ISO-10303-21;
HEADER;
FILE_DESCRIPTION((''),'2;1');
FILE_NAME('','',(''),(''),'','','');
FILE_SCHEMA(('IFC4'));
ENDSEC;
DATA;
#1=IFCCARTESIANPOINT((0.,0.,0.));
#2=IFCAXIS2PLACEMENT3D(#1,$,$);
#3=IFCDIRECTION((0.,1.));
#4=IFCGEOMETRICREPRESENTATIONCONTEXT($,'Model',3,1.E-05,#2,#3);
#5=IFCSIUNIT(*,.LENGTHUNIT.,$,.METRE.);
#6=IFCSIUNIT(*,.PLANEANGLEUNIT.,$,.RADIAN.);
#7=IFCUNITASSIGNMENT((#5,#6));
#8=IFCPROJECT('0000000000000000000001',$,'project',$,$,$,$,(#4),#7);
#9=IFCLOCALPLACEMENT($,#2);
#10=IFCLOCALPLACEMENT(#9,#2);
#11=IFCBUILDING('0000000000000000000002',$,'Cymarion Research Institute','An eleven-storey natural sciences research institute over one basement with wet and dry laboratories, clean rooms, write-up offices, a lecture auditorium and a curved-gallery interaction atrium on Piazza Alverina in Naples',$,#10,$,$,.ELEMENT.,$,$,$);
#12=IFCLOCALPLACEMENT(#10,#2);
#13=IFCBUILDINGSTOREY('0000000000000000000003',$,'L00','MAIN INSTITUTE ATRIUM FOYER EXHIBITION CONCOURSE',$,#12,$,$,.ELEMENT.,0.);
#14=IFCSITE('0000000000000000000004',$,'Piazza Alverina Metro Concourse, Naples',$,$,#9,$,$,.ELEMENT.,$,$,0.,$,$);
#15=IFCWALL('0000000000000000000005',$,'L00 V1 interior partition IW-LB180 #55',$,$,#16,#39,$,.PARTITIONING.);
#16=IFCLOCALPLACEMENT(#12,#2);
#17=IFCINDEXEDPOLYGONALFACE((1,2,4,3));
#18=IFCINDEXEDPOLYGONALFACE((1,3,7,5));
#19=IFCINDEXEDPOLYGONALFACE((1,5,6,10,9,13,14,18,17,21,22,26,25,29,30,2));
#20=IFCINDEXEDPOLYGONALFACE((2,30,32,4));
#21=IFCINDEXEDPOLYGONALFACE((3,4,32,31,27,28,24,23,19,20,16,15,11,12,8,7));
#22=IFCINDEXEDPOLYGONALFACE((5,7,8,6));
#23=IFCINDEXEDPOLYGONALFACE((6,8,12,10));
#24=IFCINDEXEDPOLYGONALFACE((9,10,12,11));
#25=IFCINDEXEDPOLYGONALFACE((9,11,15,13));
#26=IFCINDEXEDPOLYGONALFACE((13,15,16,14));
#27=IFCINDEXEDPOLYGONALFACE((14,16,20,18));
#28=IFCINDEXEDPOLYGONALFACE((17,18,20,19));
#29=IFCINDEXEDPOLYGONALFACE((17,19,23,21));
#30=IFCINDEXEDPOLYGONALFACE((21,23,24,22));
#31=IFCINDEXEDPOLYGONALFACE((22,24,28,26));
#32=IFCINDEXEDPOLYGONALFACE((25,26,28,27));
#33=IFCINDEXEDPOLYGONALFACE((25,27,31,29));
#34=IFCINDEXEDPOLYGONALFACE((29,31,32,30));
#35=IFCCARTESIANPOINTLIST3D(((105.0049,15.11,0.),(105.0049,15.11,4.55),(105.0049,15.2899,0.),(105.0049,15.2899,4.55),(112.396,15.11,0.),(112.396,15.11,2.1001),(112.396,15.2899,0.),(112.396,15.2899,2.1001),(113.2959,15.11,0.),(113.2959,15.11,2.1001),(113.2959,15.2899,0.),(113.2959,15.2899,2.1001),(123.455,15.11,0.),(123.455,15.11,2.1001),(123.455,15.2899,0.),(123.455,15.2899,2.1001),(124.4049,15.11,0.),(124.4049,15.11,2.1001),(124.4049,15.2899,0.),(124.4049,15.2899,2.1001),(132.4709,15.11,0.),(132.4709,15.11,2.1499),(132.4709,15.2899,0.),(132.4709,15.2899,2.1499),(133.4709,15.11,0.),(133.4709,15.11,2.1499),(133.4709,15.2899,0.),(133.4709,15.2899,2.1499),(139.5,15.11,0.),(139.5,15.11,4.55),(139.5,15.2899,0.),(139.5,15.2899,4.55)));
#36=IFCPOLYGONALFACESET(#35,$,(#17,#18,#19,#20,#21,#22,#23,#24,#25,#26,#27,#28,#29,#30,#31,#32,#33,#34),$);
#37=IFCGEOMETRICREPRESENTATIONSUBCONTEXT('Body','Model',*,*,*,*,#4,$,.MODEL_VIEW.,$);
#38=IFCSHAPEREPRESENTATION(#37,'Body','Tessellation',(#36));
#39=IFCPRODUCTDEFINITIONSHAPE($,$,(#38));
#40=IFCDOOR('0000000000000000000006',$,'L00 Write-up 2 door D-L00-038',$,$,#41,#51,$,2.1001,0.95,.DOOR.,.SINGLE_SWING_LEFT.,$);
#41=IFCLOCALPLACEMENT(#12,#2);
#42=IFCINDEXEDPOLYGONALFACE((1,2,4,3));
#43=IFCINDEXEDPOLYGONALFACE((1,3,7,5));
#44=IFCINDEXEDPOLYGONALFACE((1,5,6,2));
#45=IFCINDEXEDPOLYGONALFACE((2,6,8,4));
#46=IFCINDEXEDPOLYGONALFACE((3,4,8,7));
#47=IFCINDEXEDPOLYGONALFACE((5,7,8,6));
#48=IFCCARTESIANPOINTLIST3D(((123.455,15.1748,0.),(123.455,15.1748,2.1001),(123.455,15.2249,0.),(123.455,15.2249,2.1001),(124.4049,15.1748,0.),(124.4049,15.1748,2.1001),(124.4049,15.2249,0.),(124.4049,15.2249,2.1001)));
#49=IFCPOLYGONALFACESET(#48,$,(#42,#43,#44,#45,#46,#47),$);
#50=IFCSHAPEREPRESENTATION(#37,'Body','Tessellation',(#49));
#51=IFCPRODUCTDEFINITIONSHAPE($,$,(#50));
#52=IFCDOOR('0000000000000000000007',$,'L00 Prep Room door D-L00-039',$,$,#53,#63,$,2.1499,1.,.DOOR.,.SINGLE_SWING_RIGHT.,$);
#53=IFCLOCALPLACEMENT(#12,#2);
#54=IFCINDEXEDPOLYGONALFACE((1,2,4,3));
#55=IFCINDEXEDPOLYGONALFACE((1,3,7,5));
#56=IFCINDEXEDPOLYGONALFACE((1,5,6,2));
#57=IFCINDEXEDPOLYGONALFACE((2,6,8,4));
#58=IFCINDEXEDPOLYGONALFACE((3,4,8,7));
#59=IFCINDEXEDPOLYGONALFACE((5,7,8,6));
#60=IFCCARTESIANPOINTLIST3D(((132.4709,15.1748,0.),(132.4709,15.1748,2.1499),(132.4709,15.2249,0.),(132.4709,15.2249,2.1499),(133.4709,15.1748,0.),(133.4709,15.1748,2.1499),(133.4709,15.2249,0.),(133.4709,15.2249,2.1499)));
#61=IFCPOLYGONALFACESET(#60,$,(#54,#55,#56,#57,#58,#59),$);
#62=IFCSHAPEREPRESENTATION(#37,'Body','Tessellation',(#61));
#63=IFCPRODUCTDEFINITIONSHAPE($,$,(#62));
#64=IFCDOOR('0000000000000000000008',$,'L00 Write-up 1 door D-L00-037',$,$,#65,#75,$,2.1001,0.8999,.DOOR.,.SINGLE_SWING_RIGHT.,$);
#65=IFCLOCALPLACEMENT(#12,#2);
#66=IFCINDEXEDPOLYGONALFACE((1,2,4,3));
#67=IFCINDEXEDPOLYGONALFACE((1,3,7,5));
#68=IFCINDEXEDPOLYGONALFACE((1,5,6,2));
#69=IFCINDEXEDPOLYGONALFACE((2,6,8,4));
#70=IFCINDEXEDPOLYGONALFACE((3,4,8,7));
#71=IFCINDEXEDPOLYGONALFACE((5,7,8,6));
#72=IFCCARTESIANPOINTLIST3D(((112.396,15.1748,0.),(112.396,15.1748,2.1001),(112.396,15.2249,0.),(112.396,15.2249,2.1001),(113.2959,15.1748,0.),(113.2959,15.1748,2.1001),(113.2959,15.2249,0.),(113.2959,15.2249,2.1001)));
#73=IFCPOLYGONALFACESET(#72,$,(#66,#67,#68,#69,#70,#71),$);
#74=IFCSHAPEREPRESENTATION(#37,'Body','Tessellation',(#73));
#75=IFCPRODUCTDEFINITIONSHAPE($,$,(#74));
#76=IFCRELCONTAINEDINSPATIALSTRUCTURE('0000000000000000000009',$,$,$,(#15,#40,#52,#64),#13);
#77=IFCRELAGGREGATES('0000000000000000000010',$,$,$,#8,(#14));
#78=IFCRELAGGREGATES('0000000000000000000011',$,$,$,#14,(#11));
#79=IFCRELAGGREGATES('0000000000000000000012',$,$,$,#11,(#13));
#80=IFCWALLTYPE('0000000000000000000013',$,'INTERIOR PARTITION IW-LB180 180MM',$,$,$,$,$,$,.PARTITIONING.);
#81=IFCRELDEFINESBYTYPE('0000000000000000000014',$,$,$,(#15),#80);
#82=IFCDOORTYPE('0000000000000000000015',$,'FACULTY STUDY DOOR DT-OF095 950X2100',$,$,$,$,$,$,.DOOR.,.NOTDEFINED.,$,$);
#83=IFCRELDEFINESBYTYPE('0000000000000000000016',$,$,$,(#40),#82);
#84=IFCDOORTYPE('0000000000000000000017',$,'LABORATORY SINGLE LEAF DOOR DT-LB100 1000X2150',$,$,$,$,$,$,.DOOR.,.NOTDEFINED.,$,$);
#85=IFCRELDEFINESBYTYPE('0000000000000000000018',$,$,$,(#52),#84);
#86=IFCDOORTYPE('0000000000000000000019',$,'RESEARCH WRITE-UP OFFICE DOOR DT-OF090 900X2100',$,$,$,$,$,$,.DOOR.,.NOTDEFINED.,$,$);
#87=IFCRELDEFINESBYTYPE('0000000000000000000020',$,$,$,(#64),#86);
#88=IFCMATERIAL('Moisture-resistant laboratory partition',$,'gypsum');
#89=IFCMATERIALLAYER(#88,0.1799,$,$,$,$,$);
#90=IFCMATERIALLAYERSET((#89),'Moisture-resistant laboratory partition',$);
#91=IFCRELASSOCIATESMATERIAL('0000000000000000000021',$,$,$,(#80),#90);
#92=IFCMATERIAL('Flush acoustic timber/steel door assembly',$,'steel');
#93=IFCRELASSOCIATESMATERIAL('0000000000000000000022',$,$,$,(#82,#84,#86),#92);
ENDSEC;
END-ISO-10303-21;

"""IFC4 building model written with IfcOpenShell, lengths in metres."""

from ifc_helpers import new_model, si_unit, direction, frame, frame_2d, origin, place, context, subcontext, project, spatial, rectangle, extrude, material, layer, layer_set, type_object, element, fill, save


model = new_model("IFC4")

# Units and contexts
model_context = context("Model", 3, precision=1e-05, world=origin(), true_north=direction((0.0, 1.0)))
body_context = subcontext(model_context, "Body", "Model", "MODEL_VIEW")
ifc_project = project(units=[si_unit("LENGTHUNIT", "METRE"), si_unit("PLANEANGLEUNIT", "RADIAN")], contexts=[model_context])

# Site, building, storey
site_placement = place(None, origin())
site = spatial("IfcSite", under=ifc_project, at=site_placement, Name="Piazza Alverina Metro Concourse, Naples", CompositionType="ELEMENT", RefElevation=0.0)
building_placement = place(site_placement, origin())
building = spatial("IfcBuilding", under=site, at=building_placement, Name="Cymarion Research Institute", Description="An eleven-storey natural sciences research institute over one basement with wet and dry laboratories, clean rooms, write-up offices, a lecture auditorium and a curved-gallery interaction atrium on Piazza Alverina in Naples", CompositionType="ELEMENT")
storey_placement = place(building_placement, origin())
storey = spatial("IfcBuildingStorey", under=building, at=storey_placement, Name="L00", Description="MAIN INSTITUTE ATRIUM FOYER EXHIBITION CONCOURSE", CompositionType="ELEMENT", Elevation=0.0)

# Wall, openings, doors
ifc_material_1 = material(Name="Moisture-resistant laboratory partition", Category="gypsum")
ifc_layer = layer(ifc_material_1, 0.1799)
ifc_layer_set = layer_set([ifc_layer], Name="Moisture-resistant laboratory partition")
wall_type = type_object("IfcWallType", Name="INTERIOR PARTITION IW-LB180 180MM", PredefinedType="PARTITIONING", material=ifc_layer_set)
ifc_material_2 = material(Name="Flush acoustic timber/steel door assembly", Category="steel")
wall_1_placement = place(storey_placement, frame((105.0049, 15.2, 0.0), z_axis=(0.0, 0.0, 1.0), x_axis=(1.0, 0.0, 0.0)))
wall_1 = element("IfcWall", 1, at=wall_1_placement, inside=storey, type_object=wall_type, Name="L00 V1 interior partition IW-LB180 #55", PredefinedType="PARTITIONING", context=body_context, shape_type="SweptSolid", body=[
    extrude(rectangle(XDim=34.4951, YDim=0.1799, at=frame_2d((17.2476, 0.0))), origin(), (0.0, 0.0, 1.0), 4.55),
])
opening_1_placement = place(wall_1_placement, frame((7.3911, 0.0, 0.0)))
opening_1 = element("IfcOpeningElement", 2, at=opening_1_placement, cuts=wall_1, PredefinedType="OPENING", context=body_context, shape_type="SweptSolid", body=[
    extrude(rectangle(XDim=0.8999, YDim=2.1001, at=frame_2d((0.45, 1.05))), frame((0.0, 0.0999, 0.0), z_axis=(0.0, -1.0, 0.0), x_axis=(1.0, 0.0, 0.0)), (0.0, 0.0, 1.0), 0.2),
])
opening_2_placement = place(wall_1_placement, frame((18.45, 0.0, 0.0)))
opening_2 = element("IfcOpeningElement", 3, at=opening_2_placement, cuts=wall_1, PredefinedType="OPENING", context=body_context, shape_type="SweptSolid", body=[
    extrude(rectangle(XDim=0.95, YDim=2.1001, at=frame_2d((0.4751, 1.05))), frame((0.0, 0.0999, 0.0), z_axis=(0.0, -1.0, 0.0), x_axis=(1.0, 0.0, 0.0)), (0.0, 0.0, 1.0), 0.2),
])
opening_3_placement = place(wall_1_placement, frame((27.4661, 0.0, 0.0)))
opening_3 = element("IfcOpeningElement", 4, at=opening_3_placement, cuts=wall_1, PredefinedType="OPENING", context=body_context, shape_type="SweptSolid", body=[
    extrude(rectangle(XDim=1.0, YDim=2.1499, at=frame_2d((0.5, 1.075))), frame((0.0, 0.0999, 0.0), z_axis=(0.0, -1.0, 0.0), x_axis=(1.0, 0.0, 0.0)), (0.0, 0.0, 1.0), 0.2),
])
door_type_1 = type_object("IfcDoorType", Name="FACULTY STUDY DOOR DT-OF095 950X2100", OperationType="NOTDEFINED", PredefinedType="DOOR", material=ifc_material_2)
door_1_placement = place(opening_2_placement, origin())
door_1 = element("IfcDoor", 5, at=door_1_placement, inside=storey, type_object=door_type_1, Name="L00 Write-up 2 door D-L00-038", OperationType="SINGLE_SWING_LEFT", OverallHeight=2.1001, OverallWidth=0.95, PredefinedType="DOOR", context=body_context, shape_type="SweptSolid", body=[
    extrude(rectangle(XDim=0.95, YDim=2.1001, at=frame_2d((0.4751, 1.05))), frame((0.0, 0.0249, 0.0), z_axis=(0.0, -1.0, 0.0), x_axis=(1.0, 0.0, 0.0)), (0.0, 0.0, 1.0), 0.05),
])
fill(opening_2, door_1)
door_type_2 = type_object("IfcDoorType", Name="LABORATORY SINGLE LEAF DOOR DT-LB100 1000X2150", OperationType="NOTDEFINED", PredefinedType="DOOR", material=ifc_material_2)
door_2_placement = place(opening_3_placement, origin())
door_2 = element("IfcDoor", 6, at=door_2_placement, inside=storey, type_object=door_type_2, Name="L00 Prep Room door D-L00-039", OperationType="SINGLE_SWING_RIGHT", OverallHeight=2.1499, OverallWidth=1.0, PredefinedType="DOOR", context=body_context, shape_type="SweptSolid", body=[
    extrude(rectangle(XDim=1.0, YDim=2.1499, at=frame_2d((0.5, 1.075))), frame((0.0, 0.0249, 0.0), z_axis=(0.0, -1.0, 0.0), x_axis=(1.0, 0.0, 0.0)), (0.0, 0.0, 1.0), 0.05),
])
fill(opening_3, door_2)
door_type_3 = type_object("IfcDoorType", Name="RESEARCH WRITE-UP OFFICE DOOR DT-OF090 900X2100", OperationType="NOTDEFINED", PredefinedType="DOOR", material=ifc_material_2)
door_3_placement = place(opening_1_placement, origin())
door_3 = element("IfcDoor", 7, at=door_3_placement, inside=storey, type_object=door_type_3, Name="L00 Write-up 1 door D-L00-037", OperationType="SINGLE_SWING_RIGHT", OverallHeight=2.1001, OverallWidth=0.8999, PredefinedType="DOOR", context=body_context, shape_type="SweptSolid", body=[
    extrude(rectangle(XDim=0.8999, YDim=2.1001, at=frame_2d((0.45, 1.05))), frame((0.0, 0.0249, 0.0), z_axis=(0.0, -1.0, 0.0), x_axis=(1.0, 0.0, 0.0)), (0.0, 0.0, 1.0), 0.05),
])
fill(opening_1, door_3)

save(model, "model.ifc")
